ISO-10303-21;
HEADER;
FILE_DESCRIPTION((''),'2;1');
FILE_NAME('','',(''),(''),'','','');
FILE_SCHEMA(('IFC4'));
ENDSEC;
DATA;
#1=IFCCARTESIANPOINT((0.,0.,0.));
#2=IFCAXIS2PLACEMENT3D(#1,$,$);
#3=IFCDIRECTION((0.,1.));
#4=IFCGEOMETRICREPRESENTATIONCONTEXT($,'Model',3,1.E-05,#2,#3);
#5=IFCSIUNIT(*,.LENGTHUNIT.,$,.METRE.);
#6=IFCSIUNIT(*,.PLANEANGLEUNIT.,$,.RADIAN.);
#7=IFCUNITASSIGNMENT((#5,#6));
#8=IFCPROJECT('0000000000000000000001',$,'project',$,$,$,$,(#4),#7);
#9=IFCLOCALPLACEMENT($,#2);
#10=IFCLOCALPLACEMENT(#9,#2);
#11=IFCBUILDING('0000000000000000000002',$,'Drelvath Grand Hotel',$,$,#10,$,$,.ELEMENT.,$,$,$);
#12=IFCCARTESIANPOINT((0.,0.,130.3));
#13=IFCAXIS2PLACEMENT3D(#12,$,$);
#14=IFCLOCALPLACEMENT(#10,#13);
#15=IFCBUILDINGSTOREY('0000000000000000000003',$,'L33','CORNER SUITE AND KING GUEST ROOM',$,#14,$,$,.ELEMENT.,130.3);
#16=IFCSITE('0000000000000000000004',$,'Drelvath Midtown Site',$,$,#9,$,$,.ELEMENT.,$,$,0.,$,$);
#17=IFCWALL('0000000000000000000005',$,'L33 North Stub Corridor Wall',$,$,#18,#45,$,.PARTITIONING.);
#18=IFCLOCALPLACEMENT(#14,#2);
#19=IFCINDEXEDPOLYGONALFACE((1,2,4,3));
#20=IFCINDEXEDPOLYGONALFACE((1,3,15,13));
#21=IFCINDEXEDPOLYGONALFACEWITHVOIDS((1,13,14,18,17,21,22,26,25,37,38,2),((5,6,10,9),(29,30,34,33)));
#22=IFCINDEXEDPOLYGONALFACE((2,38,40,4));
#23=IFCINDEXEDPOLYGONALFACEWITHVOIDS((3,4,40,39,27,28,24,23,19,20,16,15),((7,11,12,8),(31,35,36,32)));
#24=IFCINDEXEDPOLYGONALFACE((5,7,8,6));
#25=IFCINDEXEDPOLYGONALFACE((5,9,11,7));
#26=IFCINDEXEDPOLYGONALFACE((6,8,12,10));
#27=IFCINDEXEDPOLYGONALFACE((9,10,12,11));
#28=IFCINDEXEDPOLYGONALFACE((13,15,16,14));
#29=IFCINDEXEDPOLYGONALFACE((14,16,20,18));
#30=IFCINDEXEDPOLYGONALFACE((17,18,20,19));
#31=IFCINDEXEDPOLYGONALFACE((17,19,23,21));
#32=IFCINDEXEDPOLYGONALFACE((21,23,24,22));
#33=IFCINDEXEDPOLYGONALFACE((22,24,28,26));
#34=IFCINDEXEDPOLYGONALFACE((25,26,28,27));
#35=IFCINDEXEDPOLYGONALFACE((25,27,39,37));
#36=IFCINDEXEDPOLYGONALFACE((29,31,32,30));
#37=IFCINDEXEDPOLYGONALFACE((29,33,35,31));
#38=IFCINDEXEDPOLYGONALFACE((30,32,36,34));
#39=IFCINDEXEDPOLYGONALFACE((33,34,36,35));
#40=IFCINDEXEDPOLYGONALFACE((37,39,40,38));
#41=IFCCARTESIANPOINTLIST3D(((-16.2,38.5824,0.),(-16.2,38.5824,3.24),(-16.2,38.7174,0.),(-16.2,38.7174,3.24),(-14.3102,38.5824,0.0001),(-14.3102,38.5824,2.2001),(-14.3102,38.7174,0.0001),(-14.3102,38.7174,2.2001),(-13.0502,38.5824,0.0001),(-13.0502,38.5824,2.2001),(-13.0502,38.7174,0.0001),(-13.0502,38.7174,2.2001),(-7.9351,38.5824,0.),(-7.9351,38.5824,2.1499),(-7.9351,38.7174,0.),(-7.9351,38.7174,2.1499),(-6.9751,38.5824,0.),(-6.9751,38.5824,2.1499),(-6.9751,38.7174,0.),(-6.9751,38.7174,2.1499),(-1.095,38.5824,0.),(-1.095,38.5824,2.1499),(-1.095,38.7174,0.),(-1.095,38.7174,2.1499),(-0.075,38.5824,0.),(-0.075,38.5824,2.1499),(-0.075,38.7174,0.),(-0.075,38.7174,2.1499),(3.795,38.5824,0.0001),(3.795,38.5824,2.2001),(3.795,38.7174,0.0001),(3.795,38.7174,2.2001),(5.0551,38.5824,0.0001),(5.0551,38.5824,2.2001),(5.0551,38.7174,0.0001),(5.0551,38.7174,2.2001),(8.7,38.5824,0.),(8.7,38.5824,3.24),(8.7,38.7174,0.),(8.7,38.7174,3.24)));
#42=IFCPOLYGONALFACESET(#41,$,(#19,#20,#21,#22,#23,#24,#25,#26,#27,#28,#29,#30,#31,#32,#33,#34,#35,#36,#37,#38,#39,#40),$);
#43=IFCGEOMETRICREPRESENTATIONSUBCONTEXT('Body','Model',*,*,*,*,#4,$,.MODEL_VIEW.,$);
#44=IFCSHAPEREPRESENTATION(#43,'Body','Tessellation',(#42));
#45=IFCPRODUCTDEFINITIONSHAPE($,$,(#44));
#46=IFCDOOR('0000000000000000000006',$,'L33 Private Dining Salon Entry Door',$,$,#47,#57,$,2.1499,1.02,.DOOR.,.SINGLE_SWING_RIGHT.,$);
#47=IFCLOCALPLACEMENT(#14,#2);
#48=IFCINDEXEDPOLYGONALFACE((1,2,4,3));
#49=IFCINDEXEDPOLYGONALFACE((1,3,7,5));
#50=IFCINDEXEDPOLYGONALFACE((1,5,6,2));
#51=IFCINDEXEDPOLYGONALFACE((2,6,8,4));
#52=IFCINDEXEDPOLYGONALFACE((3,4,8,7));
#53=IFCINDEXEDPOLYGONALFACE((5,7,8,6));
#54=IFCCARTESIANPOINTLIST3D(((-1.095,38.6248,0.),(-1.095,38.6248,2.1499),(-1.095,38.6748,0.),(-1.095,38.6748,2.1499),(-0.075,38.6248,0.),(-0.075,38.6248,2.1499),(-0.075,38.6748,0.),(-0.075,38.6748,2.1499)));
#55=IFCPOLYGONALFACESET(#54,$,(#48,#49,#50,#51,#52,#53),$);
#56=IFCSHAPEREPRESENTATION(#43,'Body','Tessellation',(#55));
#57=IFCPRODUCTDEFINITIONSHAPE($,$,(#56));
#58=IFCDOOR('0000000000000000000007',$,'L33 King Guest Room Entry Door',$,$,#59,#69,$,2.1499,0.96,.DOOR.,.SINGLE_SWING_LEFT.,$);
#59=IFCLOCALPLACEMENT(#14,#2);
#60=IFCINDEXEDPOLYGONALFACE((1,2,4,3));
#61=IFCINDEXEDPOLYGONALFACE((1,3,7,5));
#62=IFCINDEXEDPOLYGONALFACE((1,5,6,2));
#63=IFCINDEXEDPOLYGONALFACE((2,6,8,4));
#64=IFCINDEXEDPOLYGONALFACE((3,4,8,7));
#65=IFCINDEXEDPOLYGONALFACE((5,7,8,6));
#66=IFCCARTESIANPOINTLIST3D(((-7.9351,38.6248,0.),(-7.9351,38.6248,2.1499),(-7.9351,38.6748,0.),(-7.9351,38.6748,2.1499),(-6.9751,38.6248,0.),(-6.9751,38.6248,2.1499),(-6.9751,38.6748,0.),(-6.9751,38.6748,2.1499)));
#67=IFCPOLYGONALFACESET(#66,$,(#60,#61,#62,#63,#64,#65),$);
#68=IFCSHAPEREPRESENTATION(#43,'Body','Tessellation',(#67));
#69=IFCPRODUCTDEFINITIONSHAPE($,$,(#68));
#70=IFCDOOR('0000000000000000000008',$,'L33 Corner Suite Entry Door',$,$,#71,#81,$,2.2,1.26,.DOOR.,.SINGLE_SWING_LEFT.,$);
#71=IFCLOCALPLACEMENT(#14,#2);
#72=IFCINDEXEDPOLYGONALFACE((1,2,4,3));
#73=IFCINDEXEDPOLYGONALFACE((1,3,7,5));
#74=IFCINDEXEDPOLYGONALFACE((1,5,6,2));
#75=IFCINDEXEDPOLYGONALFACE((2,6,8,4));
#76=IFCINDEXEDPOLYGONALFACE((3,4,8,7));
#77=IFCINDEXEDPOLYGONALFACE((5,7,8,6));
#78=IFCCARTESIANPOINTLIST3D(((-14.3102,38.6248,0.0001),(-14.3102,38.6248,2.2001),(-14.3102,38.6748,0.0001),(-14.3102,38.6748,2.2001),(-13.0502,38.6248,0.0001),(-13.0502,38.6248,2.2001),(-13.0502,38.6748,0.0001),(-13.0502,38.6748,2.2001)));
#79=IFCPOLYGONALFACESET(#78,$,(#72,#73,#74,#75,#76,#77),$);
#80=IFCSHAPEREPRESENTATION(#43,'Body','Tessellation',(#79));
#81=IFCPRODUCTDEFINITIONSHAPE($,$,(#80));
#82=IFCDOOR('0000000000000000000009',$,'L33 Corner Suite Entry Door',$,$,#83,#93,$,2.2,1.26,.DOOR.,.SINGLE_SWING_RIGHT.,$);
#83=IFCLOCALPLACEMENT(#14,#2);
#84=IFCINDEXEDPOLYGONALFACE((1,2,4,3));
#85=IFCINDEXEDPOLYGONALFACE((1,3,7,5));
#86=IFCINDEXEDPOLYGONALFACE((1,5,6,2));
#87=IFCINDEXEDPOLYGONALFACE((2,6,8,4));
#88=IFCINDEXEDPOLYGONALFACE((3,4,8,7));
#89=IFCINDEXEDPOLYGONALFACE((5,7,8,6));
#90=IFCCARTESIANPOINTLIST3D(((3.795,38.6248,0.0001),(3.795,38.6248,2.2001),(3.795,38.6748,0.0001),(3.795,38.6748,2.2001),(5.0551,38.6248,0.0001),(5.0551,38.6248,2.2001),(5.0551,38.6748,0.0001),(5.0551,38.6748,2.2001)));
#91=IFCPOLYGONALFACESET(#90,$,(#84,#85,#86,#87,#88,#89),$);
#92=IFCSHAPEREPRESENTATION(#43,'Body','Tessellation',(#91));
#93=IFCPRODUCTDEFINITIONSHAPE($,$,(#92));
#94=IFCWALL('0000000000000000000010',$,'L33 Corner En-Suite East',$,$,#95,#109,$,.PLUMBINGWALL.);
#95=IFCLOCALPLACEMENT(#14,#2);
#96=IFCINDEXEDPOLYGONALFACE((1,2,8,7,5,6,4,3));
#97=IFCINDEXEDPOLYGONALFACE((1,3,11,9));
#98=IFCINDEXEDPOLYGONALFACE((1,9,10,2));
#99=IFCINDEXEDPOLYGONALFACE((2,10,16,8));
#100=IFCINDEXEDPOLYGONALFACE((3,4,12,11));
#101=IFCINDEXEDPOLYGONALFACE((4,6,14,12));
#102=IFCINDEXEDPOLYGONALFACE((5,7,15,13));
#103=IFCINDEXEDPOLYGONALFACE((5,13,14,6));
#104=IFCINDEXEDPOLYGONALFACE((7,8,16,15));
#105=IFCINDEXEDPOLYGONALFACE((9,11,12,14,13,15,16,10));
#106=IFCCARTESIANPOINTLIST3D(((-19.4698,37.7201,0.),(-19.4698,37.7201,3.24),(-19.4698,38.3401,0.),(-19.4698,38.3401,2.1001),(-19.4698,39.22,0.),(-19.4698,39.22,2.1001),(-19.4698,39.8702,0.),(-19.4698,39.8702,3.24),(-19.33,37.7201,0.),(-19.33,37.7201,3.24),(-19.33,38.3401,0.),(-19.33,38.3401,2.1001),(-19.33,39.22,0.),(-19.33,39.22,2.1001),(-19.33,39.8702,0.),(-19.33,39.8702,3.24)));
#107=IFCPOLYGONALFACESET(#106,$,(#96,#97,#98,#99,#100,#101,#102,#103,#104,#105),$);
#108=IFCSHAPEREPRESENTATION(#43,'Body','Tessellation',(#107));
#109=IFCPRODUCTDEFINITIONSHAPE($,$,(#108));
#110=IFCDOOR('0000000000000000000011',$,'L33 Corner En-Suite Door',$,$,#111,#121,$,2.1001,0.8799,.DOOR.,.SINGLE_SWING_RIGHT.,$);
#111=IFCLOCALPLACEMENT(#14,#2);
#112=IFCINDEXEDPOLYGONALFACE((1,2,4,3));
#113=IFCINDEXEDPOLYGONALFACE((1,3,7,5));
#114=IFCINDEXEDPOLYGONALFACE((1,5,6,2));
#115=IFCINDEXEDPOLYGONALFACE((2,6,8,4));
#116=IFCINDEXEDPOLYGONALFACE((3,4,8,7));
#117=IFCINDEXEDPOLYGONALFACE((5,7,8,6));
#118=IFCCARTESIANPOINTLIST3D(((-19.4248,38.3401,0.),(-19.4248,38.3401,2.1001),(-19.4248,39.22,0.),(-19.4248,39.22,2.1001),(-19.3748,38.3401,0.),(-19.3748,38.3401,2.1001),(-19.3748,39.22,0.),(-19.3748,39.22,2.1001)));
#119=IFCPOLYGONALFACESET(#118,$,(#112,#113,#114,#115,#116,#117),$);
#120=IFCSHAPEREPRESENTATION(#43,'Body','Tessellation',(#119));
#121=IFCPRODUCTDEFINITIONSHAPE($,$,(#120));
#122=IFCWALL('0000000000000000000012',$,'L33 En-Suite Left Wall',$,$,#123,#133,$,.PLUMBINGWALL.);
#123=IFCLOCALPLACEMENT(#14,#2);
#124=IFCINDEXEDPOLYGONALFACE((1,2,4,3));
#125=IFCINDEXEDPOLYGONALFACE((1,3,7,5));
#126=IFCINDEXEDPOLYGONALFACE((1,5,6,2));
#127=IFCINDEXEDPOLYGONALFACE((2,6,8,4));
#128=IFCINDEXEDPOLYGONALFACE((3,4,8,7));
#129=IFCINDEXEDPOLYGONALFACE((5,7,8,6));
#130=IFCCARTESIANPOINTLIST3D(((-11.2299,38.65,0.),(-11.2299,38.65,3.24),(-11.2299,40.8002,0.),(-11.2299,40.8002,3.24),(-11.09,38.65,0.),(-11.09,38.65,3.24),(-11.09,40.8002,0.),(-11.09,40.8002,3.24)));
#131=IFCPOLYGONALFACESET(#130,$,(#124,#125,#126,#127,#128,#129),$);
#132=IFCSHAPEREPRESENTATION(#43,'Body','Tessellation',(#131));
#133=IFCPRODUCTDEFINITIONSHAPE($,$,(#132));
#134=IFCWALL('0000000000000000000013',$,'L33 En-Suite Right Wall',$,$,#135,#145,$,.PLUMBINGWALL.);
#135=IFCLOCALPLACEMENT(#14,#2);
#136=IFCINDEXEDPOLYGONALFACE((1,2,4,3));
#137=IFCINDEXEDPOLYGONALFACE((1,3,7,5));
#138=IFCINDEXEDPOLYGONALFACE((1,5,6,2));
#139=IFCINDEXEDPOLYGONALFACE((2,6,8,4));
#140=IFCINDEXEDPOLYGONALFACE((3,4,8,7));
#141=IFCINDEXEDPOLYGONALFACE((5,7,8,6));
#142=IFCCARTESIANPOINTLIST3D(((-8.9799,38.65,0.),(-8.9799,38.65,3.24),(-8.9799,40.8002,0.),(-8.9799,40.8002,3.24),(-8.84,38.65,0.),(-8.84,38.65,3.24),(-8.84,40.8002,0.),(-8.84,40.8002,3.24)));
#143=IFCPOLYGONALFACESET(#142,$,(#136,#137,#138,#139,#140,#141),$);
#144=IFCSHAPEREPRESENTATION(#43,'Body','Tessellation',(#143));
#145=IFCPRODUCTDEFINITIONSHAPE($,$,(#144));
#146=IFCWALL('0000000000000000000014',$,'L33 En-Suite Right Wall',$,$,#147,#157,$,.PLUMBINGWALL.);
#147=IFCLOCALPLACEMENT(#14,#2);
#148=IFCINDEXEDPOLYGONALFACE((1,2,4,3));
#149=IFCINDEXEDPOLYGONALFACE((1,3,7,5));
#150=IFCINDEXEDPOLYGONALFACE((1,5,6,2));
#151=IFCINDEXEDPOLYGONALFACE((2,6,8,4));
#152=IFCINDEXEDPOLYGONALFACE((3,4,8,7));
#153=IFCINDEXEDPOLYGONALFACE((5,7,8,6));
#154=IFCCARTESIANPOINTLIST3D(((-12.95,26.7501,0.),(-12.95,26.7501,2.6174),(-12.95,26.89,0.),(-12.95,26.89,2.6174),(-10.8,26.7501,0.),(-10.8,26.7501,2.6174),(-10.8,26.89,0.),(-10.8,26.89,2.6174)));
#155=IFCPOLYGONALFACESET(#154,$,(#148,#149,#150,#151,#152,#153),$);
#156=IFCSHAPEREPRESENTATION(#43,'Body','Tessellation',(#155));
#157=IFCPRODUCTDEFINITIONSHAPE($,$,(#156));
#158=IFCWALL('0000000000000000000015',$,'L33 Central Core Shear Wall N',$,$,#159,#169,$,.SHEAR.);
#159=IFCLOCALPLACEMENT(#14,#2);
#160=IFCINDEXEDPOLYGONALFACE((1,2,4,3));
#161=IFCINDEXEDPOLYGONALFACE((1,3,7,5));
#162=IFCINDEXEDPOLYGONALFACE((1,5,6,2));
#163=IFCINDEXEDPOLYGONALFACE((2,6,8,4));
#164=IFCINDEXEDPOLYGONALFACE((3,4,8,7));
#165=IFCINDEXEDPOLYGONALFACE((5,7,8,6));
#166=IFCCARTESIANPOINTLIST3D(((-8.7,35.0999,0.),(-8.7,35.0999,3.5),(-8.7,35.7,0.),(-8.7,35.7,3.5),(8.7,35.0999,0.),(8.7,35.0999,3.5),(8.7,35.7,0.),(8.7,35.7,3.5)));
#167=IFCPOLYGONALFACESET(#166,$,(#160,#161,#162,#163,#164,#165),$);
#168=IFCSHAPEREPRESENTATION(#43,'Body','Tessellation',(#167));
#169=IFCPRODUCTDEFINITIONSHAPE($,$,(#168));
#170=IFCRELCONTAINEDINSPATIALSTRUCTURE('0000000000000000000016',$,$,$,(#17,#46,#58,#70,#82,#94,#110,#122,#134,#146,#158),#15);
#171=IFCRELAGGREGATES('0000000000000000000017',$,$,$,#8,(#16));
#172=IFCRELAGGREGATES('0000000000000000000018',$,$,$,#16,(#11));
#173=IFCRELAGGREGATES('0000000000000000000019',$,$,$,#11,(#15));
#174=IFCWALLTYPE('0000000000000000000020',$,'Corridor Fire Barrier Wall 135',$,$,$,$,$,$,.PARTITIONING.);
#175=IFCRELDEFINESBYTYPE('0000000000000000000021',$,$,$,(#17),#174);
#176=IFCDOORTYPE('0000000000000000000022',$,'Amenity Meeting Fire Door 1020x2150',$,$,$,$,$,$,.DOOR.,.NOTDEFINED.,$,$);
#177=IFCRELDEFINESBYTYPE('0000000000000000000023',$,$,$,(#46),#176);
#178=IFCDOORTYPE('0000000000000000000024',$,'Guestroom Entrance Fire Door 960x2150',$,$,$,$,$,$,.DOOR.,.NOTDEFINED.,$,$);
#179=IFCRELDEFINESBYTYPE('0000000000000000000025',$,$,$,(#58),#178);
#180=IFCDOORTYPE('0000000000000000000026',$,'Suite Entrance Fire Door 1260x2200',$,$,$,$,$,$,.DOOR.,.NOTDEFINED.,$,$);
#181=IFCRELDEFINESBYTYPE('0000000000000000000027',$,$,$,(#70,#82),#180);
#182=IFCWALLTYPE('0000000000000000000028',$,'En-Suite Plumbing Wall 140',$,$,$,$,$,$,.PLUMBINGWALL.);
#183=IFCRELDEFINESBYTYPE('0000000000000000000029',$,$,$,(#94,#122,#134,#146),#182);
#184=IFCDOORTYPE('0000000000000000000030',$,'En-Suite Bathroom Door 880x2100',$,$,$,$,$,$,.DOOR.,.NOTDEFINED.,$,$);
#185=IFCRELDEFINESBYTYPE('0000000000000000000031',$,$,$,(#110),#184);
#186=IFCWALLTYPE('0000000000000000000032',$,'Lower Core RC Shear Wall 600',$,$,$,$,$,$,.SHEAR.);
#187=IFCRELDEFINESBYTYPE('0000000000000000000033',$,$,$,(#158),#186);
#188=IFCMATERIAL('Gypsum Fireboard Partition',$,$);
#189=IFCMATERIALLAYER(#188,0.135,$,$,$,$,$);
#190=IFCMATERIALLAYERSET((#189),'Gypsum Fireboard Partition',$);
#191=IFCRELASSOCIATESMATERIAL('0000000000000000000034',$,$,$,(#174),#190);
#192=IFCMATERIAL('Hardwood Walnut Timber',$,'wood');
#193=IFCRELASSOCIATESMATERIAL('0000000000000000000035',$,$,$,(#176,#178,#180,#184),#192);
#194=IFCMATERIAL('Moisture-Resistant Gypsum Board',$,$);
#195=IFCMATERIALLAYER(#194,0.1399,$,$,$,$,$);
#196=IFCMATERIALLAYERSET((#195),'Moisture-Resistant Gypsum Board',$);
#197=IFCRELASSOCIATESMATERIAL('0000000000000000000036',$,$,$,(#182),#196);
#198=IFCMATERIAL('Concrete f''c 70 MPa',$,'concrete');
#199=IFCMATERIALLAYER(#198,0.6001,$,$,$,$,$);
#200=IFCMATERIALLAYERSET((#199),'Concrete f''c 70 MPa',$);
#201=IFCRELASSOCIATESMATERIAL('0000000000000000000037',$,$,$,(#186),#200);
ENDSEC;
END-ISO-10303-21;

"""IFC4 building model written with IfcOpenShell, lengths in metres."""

from ifc_helpers import new_model, si_unit, direction, frame, frame_2d, origin, place, context, subcontext, project, spatial, rectangle, extrude, material, layer, layer_set, type_object, element, fill, save


model = new_model("IFC4")

# Units and contexts
model_context = context("Model", 3, precision=1e-05, world=origin(), true_north=direction((0.0, 1.0)))
body_context = subcontext(model_context, "Body", "Model", "MODEL_VIEW")
ifc_project = project(units=[si_unit("LENGTHUNIT", "METRE"), si_unit("PLANEANGLEUNIT", "RADIAN")], contexts=[model_context])

# Site, building, storey
site_placement = place(None, origin())
site = spatial("IfcSite", under=ifc_project, at=site_placement, Name="Drelvath Midtown Site", CompositionType="ELEMENT", RefElevation=0.0)
building_placement = place(site_placement, origin())
building = spatial("IfcBuilding", under=site, at=building_placement, Name="Drelvath Grand Hotel", CompositionType="ELEMENT")
storey_placement = place(building_placement, frame((0.0, 0.0, 130.3)))
storey = spatial("IfcBuildingStorey", under=building, at=storey_placement, Name="L33", Description="CORNER SUITE AND KING GUEST ROOM", CompositionType="ELEMENT", Elevation=130.3)

# Shared definitions
ifc_material_1 = material(Name="Gypsum Fireboard Partition")
ifc_layer_1 = layer(ifc_material_1, 0.135)
ifc_layer_set_1 = layer_set([ifc_layer_1], Name="Gypsum Fireboard Partition")
wall_type_1 = type_object("IfcWallType", Name="Corridor Fire Barrier Wall 135", PredefinedType="PARTITIONING", material=ifc_layer_set_1)

# Wall, openings, doors
wall_1_placement = place(storey_placement, frame((-16.2, 38.6499, 0.0), z_axis=(0.0, 0.0, 1.0), x_axis=(1.0, 0.0, 0.0)))
wall_1 = element("IfcWall", 1, at=wall_1_placement, inside=storey, type_object=wall_type_1, Name="L33 North Stub Corridor Wall", PredefinedType="PARTITIONING", context=body_context, shape_type="SweptSolid", body=[
    extrude(rectangle(XDim=24.8999, YDim=0.135, at=frame_2d((12.45, 0.0))), origin(), (0.0, 0.0, 1.0), 3.24),
])
opening_1_placement = place(wall_1_placement, frame((1.8899, 0.0, 0.0)))
opening_1 = element("IfcOpeningElement", 2, at=opening_1_placement, cuts=wall_1, PredefinedType="OPENING", context=body_context, shape_type="SweptSolid", body=[
    extrude(rectangle(XDim=1.26, YDim=2.2, at=frame_2d((0.6299, 1.1001))), frame((0.0, 0.0774, 0.0), z_axis=(0.0, -1.0, 0.0), x_axis=(1.0, 0.0, 0.0)), (0.0, 0.0, 1.0), 0.155),
])
opening_2_placement = place(wall_1_placement, frame((8.2649, 0.0, 0.0)))
opening_2 = element("IfcOpeningElement", 3, at=opening_2_placement, cuts=wall_1, PredefinedType="OPENING", context=body_context, shape_type="SweptSolid", body=[
    extrude(rectangle(XDim=0.96, YDim=2.1499, at=frame_2d((0.48, 1.075))), frame((0.0, 0.0774, 0.0), z_axis=(0.0, -1.0, 0.0), x_axis=(1.0, 0.0, 0.0)), (0.0, 0.0, 1.0), 0.155),
])
opening_3_placement = place(wall_1_placement, frame((15.105, 0.0, 0.0)))
opening_3 = element("IfcOpeningElement", 4, at=opening_3_placement, cuts=wall_1, PredefinedType="OPENING", context=body_context, shape_type="SweptSolid", body=[
    extrude(rectangle(XDim=1.02, YDim=2.1499, at=frame_2d((0.51, 1.075))), frame((0.0, 0.0774, 0.0), z_axis=(0.0, -1.0, 0.0), x_axis=(1.0, 0.0, 0.0)), (0.0, 0.0, 1.0), 0.155),
])
opening_4_placement = place(wall_1_placement, frame((19.9951, 0.0, 0.0)))
opening_4 = element("IfcOpeningElement", 5, at=opening_4_placement, cuts=wall_1, PredefinedType="OPENING", context=body_context, shape_type="SweptSolid", body=[
    extrude(rectangle(XDim=1.26, YDim=2.2, at=frame_2d((0.6299, 1.1001))), frame((0.0, 0.0774, 0.0), z_axis=(0.0, -1.0, 0.0), x_axis=(1.0, 0.0, 0.0)), (0.0, 0.0, 1.0), 0.155),
])
ifc_material_2 = material(Name="Hardwood Walnut Timber", Category="wood")
door_type_1 = type_object("IfcDoorType", Name="Amenity Meeting Fire Door 1020x2150", OperationType="NOTDEFINED", PredefinedType="DOOR", material=ifc_material_2)
door_1_placement = place(opening_3_placement, origin())
door_1 = element("IfcDoor", 6, at=door_1_placement, inside=storey, type_object=door_type_1, Name="L33 Private Dining Salon Entry Door", OperationType="SINGLE_SWING_RIGHT", OverallHeight=2.1499, OverallWidth=1.02, PredefinedType="DOOR", context=body_context, shape_type="SweptSolid", body=[
    extrude(rectangle(XDim=1.02, YDim=2.1499, at=frame_2d((0.51, 1.075))), frame((0.0, 0.0249, 0.0), z_axis=(0.0, -1.0, 0.0), x_axis=(1.0, 0.0, 0.0)), (0.0, 0.0, 1.0), 0.05),
])
fill(opening_3, door_1)
door_type_2 = type_object("IfcDoorType", Name="Guestroom Entrance Fire Door 960x2150", OperationType="NOTDEFINED", PredefinedType="DOOR", material=ifc_material_2)
door_2_placement = place(opening_2_placement, origin())
door_2 = element("IfcDoor", 7, at=door_2_placement, inside=storey, type_object=door_type_2, Name="L33 King Guest Room Entry Door", OperationType="SINGLE_SWING_LEFT", OverallHeight=2.1499, OverallWidth=0.96, PredefinedType="DOOR", context=body_context, shape_type="SweptSolid", body=[
    extrude(rectangle(XDim=0.96, YDim=2.1499, at=frame_2d((0.48, 1.075))), frame((0.0, 0.0249, 0.0), z_axis=(0.0, -1.0, 0.0), x_axis=(1.0, 0.0, 0.0)), (0.0, 0.0, 1.0), 0.05),
])
fill(opening_2, door_2)
door_type_3 = type_object("IfcDoorType", Name="Suite Entrance Fire Door 1260x2200", OperationType="NOTDEFINED", PredefinedType="DOOR", material=ifc_material_2)
door_3_placement = place(opening_1_placement, origin())
door_3 = element("IfcDoor", 8, at=door_3_placement, inside=storey, type_object=door_type_3, Name="L33 Corner Suite Entry Door", OperationType="SINGLE_SWING_LEFT", OverallHeight=2.2, OverallWidth=1.26, PredefinedType="DOOR", context=body_context, shape_type="SweptSolid", body=[
    extrude(rectangle(XDim=1.26, YDim=2.2, at=frame_2d((0.6299, 1.1001))), frame((0.0, 0.0249, 0.0), z_axis=(0.0, -1.0, 0.0), x_axis=(1.0, 0.0, 0.0)), (0.0, 0.0, 1.0), 0.05),
])
fill(opening_1, door_3)
door_4_placement = place(opening_4_placement, origin())
door_4 = element("IfcDoor", 9, at=door_4_placement, inside=storey, type_object=door_type_3, Name="L33 Corner Suite Entry Door", OperationType="SINGLE_SWING_RIGHT", OverallHeight=2.2, OverallWidth=1.26, PredefinedType="DOOR", context=body_context, shape_type="SweptSolid", body=[
    extrude(rectangle(XDim=1.26, YDim=2.2, at=frame_2d((0.6299, 1.1001))), frame((0.0, 0.0249, 0.0), z_axis=(0.0, -1.0, 0.0), x_axis=(1.0, 0.0, 0.0)), (0.0, 0.0, 1.0), 0.05),
])
fill(opening_4, door_4)

# Wall, opening, door
ifc_material_3 = material(Name="Moisture-Resistant Gypsum Board")
ifc_layer_2 = layer(ifc_material_3, 0.1399)
ifc_layer_set_2 = layer_set([ifc_layer_2], Name="Moisture-Resistant Gypsum Board")
wall_type_2 = type_object("IfcWallType", Name="En-Suite Plumbing Wall 140", PredefinedType="PLUMBINGWALL", material=ifc_layer_set_2)
wall_2_placement = place(storey_placement, frame((-19.3999, 37.72, 0.0), z_axis=(0.0, 0.0, 1.0), x_axis=(0.0, 1.0, 0.0)))
wall_2 = element("IfcWall", 10, at=wall_2_placement, inside=storey, type_object=wall_type_2, Name="L33 Corner En-Suite East", PredefinedType="PLUMBINGWALL", context=body_context, shape_type="SweptSolid", body=[
    extrude(rectangle(XDim=2.1501, YDim=0.1399, at=frame_2d((1.0752, 0.0))), origin(), (0.0, 0.0, 1.0), 3.24),
])
opening_5_placement = place(wall_2_placement, frame((0.6201, 0.0, 0.0)))
opening_5 = element("IfcOpeningElement", 11, at=opening_5_placement, cuts=wall_2, PredefinedType="OPENING", context=body_context, shape_type="SweptSolid", body=[
    extrude(rectangle(XDim=0.8799, YDim=2.1001, at=frame_2d((0.4399, 1.05))), frame((0.0, 0.0798, 0.0), z_axis=(0.0, -1.0, 0.0), x_axis=(1.0, 0.0, 0.0)), (0.0, 0.0, 1.0), 0.1599),
])
door_type_4 = type_object("IfcDoorType", Name="En-Suite Bathroom Door 880x2100", OperationType="NOTDEFINED", PredefinedType="DOOR", material=ifc_material_2)
door_5_placement = place(opening_5_placement, origin())
door_5 = element("IfcDoor", 12, at=door_5_placement, inside=storey, type_object=door_type_4, Name="L33 Corner En-Suite Door", OperationType="SINGLE_SWING_RIGHT", OverallHeight=2.1001, OverallWidth=0.8799, PredefinedType="DOOR", context=body_context, shape_type="SweptSolid", body=[
    extrude(rectangle(XDim=0.8799, YDim=2.1001, at=frame_2d((0.4399, 1.05))), frame((0.0, 0.0249, 0.0), z_axis=(0.0, -1.0, 0.0), x_axis=(1.0, 0.0, 0.0)), (0.0, 0.0, 1.0), 0.05),
])
fill(opening_5, door_5)

# Walls
for number, where, z_axis, x_axis, name in (
    (13, (-11.1599, 38.6499, 0.0), (0.0, 0.0, 1.0), (0.0, 1.0, 0.0), "L33 En-Suite Left Wall"),
    (14, (-8.9099, 38.6499, 0.0), (0.0, 0.0, 1.0), (0.0, 1.0, 0.0), "L33 En-Suite Right Wall"),
):
    element("IfcWall", number, at=place(storey_placement, frame(where, z_axis=z_axis, x_axis=x_axis)), inside=storey, type_object=wall_type_2, Name=name, PredefinedType="PLUMBINGWALL", context=body_context, shape_type="SweptSolid", body=[
        extrude(rectangle(XDim=2.1501, YDim=0.1399, at=frame_2d((1.0752, 0.0))), origin(), (0.0, 0.0, 1.0), 3.24),
    ])
wall_3_placement = place(storey_placement, frame((-10.8, 26.8201, 0.0), z_axis=(0.0, 0.0, 1.0), x_axis=(-1.0, 0.0, 0.0)))
element("IfcWall", 15, at=wall_3_placement, inside=storey, type_object=wall_type_2, Name="L33 En-Suite Right Wall", PredefinedType="PLUMBINGWALL", context=body_context, shape_type="SweptSolid", body=[
    extrude(rectangle(XDim=2.1499, YDim=0.1399, at=frame_2d((1.075, 0.0))), origin(), (0.0, 0.0, 1.0), 2.6174),
])
ifc_material_4 = material(Name="Concrete f'c 70 MPa", Category="concrete")
ifc_layer_3 = layer(ifc_material_4, 0.6001)
ifc_layer_set_3 = layer_set([ifc_layer_3], Name="Concrete f'c 70 MPa")
wall_type_3 = type_object("IfcWallType", Name="Lower Core RC Shear Wall 600", PredefinedType="SHEAR", material=ifc_layer_set_3)
wall_4_placement = place(storey_placement, frame((-8.7, 35.3999, 0.0), z_axis=(0.0, 0.0, 1.0), x_axis=(1.0, 0.0, 0.0)))
element("IfcWall", 16, at=wall_4_placement, inside=storey, type_object=wall_type_3, Name="L33 Central Core Shear Wall N", PredefinedType="SHEAR", context=body_context, shape_type="SweptSolid", body=[
    extrude(rectangle(XDim=17.3999, YDim=0.6001, at=frame_2d((8.7, 0.0))), origin(), (0.0, 0.0, 1.0), 3.5),
])

save(model, "model.ifc")
